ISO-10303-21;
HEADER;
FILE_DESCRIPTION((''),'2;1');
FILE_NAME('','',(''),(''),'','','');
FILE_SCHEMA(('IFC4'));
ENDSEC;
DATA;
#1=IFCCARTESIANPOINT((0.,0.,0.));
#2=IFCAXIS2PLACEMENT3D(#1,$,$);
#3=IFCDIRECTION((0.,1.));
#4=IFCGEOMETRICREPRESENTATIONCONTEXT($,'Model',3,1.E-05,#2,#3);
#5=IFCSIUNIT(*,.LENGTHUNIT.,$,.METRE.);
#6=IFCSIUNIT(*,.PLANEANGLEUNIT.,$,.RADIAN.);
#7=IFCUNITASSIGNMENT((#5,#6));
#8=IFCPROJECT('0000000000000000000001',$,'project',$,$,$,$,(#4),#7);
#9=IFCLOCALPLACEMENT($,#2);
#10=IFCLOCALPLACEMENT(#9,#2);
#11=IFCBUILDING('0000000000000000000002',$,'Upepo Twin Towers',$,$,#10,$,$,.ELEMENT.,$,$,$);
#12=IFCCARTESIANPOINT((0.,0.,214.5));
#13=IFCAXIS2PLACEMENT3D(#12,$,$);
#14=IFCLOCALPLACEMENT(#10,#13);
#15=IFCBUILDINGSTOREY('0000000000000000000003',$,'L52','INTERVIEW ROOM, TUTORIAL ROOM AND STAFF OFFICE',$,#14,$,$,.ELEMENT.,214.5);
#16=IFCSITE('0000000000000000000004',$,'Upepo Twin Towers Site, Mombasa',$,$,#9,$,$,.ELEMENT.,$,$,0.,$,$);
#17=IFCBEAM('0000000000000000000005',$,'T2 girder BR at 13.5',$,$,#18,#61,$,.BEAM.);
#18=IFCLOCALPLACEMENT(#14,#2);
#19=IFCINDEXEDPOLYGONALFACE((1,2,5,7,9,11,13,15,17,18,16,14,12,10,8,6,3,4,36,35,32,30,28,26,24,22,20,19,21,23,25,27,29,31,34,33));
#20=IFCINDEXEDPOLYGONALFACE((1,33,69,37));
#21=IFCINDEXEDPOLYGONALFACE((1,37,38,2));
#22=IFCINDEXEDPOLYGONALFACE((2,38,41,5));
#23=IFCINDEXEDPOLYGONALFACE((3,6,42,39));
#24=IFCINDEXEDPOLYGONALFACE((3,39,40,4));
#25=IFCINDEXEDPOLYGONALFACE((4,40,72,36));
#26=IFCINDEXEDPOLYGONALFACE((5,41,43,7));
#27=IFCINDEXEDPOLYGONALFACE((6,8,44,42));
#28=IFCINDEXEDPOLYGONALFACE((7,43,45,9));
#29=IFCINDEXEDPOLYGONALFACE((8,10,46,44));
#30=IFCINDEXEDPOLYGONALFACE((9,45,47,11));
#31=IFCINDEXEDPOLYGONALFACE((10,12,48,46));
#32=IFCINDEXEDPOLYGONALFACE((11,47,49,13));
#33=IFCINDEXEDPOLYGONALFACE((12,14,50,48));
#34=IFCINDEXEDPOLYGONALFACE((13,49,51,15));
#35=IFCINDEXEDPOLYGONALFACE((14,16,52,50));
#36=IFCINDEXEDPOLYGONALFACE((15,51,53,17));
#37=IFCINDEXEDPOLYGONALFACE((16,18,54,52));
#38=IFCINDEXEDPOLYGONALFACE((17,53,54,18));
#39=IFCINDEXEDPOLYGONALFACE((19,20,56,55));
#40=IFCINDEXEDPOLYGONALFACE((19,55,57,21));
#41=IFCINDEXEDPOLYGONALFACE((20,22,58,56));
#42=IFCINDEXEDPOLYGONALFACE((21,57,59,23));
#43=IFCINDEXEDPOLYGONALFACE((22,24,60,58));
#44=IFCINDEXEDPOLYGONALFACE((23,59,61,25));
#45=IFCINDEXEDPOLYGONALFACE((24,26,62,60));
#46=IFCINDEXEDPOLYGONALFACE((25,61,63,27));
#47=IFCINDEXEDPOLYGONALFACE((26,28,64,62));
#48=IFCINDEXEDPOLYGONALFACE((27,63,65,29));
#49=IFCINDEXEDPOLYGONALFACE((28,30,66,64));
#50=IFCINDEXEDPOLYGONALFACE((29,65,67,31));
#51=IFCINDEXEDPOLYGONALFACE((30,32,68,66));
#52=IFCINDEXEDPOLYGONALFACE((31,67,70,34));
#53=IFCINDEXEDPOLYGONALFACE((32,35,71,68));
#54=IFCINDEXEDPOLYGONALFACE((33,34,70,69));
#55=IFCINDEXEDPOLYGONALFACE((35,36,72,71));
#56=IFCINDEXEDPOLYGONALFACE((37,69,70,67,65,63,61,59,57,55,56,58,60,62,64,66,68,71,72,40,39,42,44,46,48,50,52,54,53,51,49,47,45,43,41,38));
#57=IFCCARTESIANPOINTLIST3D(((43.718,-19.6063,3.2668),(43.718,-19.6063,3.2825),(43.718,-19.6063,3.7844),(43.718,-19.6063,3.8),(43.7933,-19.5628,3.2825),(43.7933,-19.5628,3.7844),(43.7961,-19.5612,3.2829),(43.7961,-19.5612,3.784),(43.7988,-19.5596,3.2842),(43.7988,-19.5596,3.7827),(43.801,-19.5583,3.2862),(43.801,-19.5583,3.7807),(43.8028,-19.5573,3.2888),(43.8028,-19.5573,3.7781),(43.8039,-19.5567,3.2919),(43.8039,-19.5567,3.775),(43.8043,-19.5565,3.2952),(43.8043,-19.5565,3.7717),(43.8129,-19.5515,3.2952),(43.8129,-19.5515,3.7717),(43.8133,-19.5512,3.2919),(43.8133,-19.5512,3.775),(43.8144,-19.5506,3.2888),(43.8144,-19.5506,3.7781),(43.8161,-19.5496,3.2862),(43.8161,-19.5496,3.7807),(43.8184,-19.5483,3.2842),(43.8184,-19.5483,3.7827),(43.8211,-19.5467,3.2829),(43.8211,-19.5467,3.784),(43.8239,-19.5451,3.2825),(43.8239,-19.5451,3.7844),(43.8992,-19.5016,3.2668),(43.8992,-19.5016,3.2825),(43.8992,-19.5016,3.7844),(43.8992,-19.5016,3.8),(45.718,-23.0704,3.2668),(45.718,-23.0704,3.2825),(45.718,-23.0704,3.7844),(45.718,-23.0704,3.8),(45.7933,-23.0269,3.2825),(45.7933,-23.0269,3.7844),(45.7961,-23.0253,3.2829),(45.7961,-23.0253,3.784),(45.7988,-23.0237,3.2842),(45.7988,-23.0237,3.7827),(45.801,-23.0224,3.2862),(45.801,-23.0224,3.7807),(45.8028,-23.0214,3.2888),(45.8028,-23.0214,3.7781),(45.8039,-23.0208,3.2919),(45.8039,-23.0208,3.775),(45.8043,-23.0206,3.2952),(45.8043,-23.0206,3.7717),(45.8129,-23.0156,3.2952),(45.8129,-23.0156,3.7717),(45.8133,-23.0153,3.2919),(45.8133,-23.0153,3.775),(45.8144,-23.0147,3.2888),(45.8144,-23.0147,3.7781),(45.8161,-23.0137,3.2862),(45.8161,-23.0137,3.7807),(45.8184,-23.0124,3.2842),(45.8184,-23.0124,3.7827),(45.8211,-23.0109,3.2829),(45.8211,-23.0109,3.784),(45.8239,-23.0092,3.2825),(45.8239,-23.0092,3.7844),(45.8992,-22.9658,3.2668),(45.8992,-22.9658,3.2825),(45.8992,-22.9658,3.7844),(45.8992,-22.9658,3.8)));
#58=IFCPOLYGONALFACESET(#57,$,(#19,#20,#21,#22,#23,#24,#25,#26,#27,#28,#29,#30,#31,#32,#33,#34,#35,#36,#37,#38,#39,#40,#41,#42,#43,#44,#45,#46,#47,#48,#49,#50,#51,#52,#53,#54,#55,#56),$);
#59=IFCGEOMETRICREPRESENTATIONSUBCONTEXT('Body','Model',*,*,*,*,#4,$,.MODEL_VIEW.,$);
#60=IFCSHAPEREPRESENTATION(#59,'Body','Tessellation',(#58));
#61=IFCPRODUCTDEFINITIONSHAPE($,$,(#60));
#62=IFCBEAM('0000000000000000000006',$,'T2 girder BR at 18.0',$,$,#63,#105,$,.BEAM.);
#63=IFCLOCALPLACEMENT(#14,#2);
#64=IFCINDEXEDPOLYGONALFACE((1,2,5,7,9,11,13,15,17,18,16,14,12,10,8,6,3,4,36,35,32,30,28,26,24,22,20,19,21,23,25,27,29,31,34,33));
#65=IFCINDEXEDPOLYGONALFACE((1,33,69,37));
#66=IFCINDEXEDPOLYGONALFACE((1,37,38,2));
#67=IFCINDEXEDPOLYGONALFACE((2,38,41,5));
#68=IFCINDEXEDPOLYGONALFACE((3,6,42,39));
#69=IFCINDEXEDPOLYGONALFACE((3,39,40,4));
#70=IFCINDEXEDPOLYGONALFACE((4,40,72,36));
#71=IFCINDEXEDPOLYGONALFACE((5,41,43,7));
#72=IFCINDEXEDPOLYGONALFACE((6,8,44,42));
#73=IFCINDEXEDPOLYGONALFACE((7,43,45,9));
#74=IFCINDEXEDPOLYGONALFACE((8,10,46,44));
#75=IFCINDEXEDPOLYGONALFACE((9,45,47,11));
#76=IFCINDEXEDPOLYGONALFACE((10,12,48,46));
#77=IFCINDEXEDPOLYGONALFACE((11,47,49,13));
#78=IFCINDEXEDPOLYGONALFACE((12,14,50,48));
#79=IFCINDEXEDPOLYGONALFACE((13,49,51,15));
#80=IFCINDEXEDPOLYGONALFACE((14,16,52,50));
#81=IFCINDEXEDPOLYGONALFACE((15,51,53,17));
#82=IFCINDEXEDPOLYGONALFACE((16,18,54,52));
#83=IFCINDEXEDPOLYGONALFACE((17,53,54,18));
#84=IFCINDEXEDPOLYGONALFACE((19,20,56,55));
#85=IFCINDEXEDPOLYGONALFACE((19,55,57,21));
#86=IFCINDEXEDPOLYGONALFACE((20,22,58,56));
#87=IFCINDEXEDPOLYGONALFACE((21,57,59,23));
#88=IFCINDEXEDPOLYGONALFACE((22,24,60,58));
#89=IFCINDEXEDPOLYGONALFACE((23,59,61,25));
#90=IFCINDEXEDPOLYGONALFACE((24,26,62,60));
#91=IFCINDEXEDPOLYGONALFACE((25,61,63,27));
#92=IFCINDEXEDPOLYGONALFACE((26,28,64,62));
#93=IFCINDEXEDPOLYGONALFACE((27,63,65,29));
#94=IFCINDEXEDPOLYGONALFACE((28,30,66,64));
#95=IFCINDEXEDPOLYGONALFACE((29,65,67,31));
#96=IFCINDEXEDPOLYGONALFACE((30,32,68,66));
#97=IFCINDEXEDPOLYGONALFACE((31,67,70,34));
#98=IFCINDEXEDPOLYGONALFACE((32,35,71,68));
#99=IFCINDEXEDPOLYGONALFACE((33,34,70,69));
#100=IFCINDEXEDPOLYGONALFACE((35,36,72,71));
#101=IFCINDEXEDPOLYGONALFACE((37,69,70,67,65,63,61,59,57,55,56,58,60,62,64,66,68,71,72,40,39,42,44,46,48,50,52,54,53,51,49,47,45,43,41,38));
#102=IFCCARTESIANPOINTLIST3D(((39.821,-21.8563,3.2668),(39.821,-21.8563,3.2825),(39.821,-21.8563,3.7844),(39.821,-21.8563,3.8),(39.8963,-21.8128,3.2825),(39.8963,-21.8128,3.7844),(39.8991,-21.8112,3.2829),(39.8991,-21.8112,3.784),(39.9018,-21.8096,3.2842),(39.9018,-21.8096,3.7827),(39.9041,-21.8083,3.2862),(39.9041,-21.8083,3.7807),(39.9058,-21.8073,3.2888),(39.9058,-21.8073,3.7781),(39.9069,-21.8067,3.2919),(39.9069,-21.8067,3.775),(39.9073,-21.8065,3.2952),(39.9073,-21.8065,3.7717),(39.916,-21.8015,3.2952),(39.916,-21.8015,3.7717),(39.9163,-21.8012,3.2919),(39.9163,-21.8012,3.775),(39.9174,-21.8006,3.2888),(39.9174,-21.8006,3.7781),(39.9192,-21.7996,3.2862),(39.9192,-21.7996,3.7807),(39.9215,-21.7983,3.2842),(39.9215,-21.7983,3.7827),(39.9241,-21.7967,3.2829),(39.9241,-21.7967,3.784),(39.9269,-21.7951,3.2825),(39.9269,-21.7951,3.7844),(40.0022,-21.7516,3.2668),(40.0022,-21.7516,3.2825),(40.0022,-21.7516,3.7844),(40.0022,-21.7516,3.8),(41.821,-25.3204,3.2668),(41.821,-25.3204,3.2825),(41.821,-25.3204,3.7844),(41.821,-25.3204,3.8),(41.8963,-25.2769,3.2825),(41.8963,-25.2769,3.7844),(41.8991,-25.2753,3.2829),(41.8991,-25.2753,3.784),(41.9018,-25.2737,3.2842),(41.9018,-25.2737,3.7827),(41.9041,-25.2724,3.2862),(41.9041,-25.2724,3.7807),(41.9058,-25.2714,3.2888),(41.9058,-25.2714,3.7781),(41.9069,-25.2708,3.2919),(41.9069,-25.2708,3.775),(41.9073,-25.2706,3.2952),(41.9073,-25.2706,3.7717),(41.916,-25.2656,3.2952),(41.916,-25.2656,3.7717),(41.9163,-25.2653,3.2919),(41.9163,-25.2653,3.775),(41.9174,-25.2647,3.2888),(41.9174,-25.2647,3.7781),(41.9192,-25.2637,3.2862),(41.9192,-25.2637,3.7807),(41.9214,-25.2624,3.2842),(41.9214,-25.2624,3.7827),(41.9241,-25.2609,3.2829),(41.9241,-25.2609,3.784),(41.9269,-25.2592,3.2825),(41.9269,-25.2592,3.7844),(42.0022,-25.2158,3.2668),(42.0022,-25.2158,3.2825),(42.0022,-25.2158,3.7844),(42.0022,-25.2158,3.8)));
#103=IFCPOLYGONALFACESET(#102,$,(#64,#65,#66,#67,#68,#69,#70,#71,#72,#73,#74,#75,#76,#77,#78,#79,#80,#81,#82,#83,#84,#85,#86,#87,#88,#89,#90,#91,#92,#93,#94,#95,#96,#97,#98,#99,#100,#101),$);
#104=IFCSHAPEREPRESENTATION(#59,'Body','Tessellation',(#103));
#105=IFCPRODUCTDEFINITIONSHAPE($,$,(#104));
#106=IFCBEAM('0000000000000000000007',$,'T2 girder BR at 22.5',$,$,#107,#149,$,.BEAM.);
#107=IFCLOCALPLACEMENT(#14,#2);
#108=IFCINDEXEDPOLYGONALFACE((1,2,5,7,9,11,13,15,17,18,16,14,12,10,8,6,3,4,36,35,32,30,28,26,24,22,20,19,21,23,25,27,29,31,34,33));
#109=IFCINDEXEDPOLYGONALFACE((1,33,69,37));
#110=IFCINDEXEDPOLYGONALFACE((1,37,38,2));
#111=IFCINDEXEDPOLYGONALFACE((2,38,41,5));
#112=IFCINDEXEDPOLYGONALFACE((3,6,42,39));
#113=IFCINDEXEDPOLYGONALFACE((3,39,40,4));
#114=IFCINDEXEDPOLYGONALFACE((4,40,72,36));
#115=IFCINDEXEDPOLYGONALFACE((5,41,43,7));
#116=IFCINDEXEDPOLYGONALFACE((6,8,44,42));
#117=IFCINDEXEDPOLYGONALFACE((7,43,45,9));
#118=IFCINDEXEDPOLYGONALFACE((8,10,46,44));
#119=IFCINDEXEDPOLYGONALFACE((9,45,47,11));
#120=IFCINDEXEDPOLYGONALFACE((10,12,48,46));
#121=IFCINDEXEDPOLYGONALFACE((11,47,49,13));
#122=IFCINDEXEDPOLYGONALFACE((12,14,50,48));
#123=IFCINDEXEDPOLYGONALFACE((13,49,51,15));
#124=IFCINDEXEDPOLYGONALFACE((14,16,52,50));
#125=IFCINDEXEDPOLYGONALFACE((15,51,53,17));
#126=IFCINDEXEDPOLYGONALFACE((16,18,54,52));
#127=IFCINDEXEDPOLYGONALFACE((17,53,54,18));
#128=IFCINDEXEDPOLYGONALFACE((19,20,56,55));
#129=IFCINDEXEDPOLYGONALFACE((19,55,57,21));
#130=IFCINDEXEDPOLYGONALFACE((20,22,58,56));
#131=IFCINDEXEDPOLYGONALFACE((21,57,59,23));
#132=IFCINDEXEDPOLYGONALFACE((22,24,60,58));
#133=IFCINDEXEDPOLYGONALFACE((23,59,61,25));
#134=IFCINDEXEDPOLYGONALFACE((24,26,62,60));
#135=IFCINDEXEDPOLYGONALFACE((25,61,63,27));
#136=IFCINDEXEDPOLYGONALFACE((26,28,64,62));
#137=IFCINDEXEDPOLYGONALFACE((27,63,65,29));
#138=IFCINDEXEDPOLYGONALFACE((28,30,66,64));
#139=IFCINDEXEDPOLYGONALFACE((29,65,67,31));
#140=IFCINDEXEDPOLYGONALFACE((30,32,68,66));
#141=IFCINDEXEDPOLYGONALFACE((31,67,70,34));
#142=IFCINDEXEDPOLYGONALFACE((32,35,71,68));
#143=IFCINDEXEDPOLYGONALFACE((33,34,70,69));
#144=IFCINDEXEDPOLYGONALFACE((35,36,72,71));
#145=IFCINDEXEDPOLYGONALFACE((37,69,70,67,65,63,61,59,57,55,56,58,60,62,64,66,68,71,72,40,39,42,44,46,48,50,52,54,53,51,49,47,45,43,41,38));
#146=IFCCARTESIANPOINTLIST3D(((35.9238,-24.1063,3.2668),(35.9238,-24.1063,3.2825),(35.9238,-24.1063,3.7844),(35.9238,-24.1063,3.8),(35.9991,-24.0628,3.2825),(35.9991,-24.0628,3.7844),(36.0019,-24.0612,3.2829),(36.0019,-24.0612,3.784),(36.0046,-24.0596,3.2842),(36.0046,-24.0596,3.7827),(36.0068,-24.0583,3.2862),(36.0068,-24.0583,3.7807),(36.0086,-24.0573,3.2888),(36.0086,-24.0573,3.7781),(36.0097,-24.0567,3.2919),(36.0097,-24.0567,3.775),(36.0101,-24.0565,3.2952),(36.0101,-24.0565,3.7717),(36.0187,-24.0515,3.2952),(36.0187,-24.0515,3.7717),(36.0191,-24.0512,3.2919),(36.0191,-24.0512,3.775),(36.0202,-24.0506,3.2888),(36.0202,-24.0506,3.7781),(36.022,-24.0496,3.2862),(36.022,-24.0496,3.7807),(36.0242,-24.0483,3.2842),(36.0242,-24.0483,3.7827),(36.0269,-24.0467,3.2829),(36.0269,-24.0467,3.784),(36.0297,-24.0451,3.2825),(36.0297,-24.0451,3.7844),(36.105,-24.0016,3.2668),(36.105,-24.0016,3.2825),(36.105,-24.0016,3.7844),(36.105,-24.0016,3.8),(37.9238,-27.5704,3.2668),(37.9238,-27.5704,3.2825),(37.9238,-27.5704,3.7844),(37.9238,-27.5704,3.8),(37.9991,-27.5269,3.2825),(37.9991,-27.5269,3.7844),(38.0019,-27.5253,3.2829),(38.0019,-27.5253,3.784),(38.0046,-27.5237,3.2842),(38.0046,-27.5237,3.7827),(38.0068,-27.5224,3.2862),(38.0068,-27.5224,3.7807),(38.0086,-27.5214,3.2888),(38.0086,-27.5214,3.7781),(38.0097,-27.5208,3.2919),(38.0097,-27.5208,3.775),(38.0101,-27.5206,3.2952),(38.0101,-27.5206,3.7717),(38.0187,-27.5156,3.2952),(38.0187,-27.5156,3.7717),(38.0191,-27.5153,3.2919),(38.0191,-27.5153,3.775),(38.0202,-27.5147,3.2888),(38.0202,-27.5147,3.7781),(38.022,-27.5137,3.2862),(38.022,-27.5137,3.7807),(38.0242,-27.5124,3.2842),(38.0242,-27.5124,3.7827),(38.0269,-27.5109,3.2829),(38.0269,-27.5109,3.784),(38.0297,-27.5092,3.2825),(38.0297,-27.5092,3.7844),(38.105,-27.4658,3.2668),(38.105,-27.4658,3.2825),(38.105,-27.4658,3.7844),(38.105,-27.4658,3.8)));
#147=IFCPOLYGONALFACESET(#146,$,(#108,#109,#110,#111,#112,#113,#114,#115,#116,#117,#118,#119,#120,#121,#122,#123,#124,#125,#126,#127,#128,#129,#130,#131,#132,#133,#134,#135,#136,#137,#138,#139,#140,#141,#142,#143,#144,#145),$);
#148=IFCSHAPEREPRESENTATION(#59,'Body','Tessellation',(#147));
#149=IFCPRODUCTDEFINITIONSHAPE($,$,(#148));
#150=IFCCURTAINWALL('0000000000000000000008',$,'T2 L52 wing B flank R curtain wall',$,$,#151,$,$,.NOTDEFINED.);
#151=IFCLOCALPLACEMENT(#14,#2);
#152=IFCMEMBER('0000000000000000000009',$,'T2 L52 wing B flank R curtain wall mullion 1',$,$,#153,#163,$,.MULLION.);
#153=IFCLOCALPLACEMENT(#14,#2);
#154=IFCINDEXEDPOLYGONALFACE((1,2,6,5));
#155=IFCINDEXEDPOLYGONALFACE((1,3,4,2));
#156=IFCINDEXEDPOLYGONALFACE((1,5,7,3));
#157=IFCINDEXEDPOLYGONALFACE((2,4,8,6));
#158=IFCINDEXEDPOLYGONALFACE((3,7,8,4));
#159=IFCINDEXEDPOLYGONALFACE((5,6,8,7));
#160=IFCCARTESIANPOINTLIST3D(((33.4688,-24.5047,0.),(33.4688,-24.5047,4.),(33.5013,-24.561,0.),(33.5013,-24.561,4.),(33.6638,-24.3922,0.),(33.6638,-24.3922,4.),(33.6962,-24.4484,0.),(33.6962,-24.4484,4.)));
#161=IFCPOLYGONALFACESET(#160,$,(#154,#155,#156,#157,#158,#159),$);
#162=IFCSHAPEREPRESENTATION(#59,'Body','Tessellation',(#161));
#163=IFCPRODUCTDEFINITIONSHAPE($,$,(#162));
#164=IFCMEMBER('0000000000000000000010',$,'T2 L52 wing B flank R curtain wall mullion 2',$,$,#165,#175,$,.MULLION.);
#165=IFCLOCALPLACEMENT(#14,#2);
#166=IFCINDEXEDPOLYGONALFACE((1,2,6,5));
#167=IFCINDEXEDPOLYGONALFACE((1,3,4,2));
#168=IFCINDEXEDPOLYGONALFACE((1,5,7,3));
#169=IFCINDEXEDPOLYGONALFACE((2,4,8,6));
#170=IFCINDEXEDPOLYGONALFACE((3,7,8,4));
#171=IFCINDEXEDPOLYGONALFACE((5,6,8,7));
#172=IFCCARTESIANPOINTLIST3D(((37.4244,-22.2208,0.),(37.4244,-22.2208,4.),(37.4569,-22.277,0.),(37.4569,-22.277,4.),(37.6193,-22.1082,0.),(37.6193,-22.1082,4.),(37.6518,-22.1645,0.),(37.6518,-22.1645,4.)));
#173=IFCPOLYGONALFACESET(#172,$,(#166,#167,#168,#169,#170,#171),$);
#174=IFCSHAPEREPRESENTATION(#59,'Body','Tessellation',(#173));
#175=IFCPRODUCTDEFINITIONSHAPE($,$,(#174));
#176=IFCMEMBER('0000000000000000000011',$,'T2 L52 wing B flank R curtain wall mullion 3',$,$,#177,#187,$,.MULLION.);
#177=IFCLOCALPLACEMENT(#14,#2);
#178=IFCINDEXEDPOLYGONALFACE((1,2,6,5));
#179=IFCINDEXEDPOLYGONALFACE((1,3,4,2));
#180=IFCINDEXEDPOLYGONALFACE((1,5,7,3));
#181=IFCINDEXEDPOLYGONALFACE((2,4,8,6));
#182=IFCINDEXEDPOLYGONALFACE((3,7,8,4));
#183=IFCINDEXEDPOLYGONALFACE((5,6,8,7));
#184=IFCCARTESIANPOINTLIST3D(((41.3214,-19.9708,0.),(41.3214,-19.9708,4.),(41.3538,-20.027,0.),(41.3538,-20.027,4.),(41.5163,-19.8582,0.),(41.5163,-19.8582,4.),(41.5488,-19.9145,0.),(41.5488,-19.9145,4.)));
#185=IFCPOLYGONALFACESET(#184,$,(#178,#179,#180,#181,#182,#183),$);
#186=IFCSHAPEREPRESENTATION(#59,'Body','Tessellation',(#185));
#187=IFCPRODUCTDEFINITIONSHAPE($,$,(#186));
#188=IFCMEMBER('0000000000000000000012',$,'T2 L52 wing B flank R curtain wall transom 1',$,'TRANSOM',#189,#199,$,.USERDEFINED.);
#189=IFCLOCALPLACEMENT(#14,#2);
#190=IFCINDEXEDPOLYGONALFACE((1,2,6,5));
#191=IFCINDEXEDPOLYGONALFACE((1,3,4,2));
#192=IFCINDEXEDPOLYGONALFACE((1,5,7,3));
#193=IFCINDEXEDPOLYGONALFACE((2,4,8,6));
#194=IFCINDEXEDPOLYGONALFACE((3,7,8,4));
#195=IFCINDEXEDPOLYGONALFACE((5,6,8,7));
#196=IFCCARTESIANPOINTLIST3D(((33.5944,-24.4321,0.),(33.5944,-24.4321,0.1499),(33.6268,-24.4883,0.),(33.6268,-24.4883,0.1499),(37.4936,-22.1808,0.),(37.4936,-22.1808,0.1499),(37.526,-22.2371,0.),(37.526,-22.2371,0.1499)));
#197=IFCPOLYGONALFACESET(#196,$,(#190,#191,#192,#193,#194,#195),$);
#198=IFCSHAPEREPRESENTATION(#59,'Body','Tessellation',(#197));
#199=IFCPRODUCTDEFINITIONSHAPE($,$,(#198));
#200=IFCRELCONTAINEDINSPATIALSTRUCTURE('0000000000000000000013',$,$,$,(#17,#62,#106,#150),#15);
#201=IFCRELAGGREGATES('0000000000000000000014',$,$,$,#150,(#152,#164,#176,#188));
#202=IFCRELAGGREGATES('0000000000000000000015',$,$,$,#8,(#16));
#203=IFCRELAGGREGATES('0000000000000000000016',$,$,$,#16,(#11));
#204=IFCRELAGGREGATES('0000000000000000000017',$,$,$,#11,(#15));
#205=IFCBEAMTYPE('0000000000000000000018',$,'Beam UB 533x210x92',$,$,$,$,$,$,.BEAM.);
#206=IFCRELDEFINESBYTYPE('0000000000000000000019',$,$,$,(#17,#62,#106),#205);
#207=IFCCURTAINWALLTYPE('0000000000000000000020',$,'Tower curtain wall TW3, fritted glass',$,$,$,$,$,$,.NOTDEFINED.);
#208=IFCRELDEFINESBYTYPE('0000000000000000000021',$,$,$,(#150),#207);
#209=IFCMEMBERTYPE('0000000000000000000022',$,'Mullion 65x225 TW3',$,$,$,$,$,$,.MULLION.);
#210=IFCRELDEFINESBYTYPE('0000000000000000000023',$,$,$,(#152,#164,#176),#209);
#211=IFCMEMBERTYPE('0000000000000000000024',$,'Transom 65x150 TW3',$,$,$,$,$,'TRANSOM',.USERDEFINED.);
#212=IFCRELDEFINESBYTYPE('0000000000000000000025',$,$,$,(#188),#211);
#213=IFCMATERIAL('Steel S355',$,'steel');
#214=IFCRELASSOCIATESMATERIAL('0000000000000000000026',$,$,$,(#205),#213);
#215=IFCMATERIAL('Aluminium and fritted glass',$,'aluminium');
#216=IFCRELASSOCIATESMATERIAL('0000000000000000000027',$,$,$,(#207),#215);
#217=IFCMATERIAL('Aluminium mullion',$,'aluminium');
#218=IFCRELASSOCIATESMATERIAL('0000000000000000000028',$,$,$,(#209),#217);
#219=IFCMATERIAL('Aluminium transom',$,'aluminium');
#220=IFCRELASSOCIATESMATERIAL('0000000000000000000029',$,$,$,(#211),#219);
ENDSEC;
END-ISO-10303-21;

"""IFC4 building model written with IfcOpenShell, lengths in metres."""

from ifc_helpers import new_model, si_unit, direction, frame, origin, origin_2d, place, context, subcontext, project, spatial, rectangle, i_section, extrude, material, material_profile, profile_set, type_object, element, aggregate, save


model = new_model("IFC4")

# Units and contexts
model_context = context("Model", 3, precision=1e-05, world=origin(), true_north=direction((0.0, 1.0)))
body_context = subcontext(model_context, "Body", "Model", "MODEL_VIEW")
ifc_project = project(units=[si_unit("LENGTHUNIT", "METRE"), si_unit("PLANEANGLEUNIT", "RADIAN")], contexts=[model_context])

# Site, building, storey
site_placement = place(None, origin())
site = spatial("IfcSite", under=ifc_project, at=site_placement, Name="Upepo Twin Towers Site, Mombasa", CompositionType="ELEMENT", RefElevation=0.0)
building_placement = place(site_placement, origin())
building = spatial("IfcBuilding", under=site, at=building_placement, Name="Upepo Twin Towers", CompositionType="ELEMENT")
storey_placement = place(building_placement, frame((0.0, 0.0, 214.5)))
storey = spatial("IfcBuildingStorey", under=building, at=storey_placement, Name="L52", Description="INTERVIEW ROOM, TUTORIAL ROOM AND STAFF OFFICE", CompositionType="ELEMENT", Elevation=214.5)

# Beams
ifc_material_1 = material(Name="Steel S355", Category="steel")
ifc_material_profile_1 = material_profile(ifc_material_1, i_section(OverallWidth=0.2092, OverallDepth=0.5332, WebThickness=0.01, FlangeThickness=0.0156, FilletRadius=0.0127, at=origin_2d()), Name="UB 533x210x92")
ifc_profile_set_1 = profile_set([ifc_material_profile_1], Name="Steel S355")
beam_type_1 = type_object("IfcBeamType", Name="Beam UB 533x210x92", PredefinedType="BEAM", material=ifc_profile_set_1)
for number, where, z_axis, x_axis, name in (
    (1, (43.8086, -19.554, 3.5334), (0.499999, -0.866026, 0.0), (0.866026, 0.499999, 0.0), "T2 girder BR at 13.5"),
    (2, (39.9116, -21.804, 3.5334), (0.499999, -0.866026, 0.0), (0.866026, 0.499999, 0.0), "T2 girder BR at 18.0"),
    (3, (36.0144, -24.054, 3.5334), (0.499999, -0.866026, 0.0), (0.866026, 0.499999, 0.0), "T2 girder BR at 22.5"),
):
    element("IfcBeam", number, at=place(storey_placement, frame(where, z_axis=z_axis, x_axis=x_axis)), inside=storey, type_object=beam_type_1, Name=name, PredefinedType="BEAM", context=body_context, shape_type="SweptSolid", body=[
        extrude(i_section(OverallWidth=0.2092, OverallDepth=0.5332, WebThickness=0.01, FlangeThickness=0.0156, FilletRadius=0.0127, at=origin_2d()), origin(), (0.0, 0.0, 1.0), 4.0),
    ])

# Curtain wall, members
ifc_material_2 = material(Name="Aluminium and fritted glass", Category="aluminium")
curtain_wall_type = type_object("IfcCurtainWallType", Name="Tower curtain wall TW3, fritted glass", PredefinedType="NOTDEFINED", material=ifc_material_2)
curtain_wall_placement = place(storey_placement, origin())
curtain_wall = element("IfcCurtainWall", 4, at=curtain_wall_placement, inside=storey, type_object=curtain_wall_type, Name="T2 L52 wing B flank R curtain wall", PredefinedType="NOTDEFINED")
ifc_material_3 = material(Name="Aluminium mullion", Category="aluminium")
ifc_material_profile_2 = material_profile(ifc_material_3, rectangle(XDim=0.0649, YDim=0.2251, at=origin_2d()), Name="MULLION 65x225")
ifc_profile_set_2 = profile_set([ifc_material_profile_2], Name="Aluminium mullion")
member_type_1 = type_object("IfcMemberType", Name="Mullion 65x225 TW3", PredefinedType="MULLION", material=ifc_profile_set_2)
member_1_placement = place(storey_placement, frame((33.5825, -24.4766, 0.0), z_axis=(0.0, 0.0, 1.0), x_axis=(-0.5, 0.866025, 0.0)))
member_1 = element("IfcMember", 5, at=member_1_placement, type_object=member_type_1, Name="T2 L52 wing B flank R curtain wall mullion 1", PredefinedType="MULLION", context=body_context, shape_type="SweptSolid", body=[
    extrude(rectangle(XDim=0.0649, YDim=0.2251, at=origin_2d()), origin(), (0.0, 0.0, 1.0), 4.0),
])
member_2_placement = place(storey_placement, frame((37.5381, -22.1926, 0.0), z_axis=(0.0, 0.0, 1.0), x_axis=(-0.5, 0.866025, 0.0)))
member_2 = element("IfcMember", 6, at=member_2_placement, type_object=member_type_1, Name="T2 L52 wing B flank R curtain wall mullion 2", PredefinedType="MULLION", context=body_context, shape_type="SweptSolid", body=[
    extrude(rectangle(XDim=0.0649, YDim=0.2251, at=origin_2d()), origin(), (0.0, 0.0, 1.0), 4.0),
])
member_3_placement = place(storey_placement, frame((41.4351, -19.9426, 0.0), z_axis=(0.0, 0.0, 1.0), x_axis=(-0.5, 0.866025, 0.0)))
member_3 = element("IfcMember", 7, at=member_3_placement, type_object=member_type_1, Name="T2 L52 wing B flank R curtain wall mullion 3", PredefinedType="MULLION", context=body_context, shape_type="SweptSolid", body=[
    extrude(rectangle(XDim=0.0649, YDim=0.2251, at=origin_2d()), origin(), (0.0, 0.0, 1.0), 4.0),
])
ifc_material_4 = material(Name="Aluminium transom", Category="aluminium")
ifc_material_profile_3 = material_profile(ifc_material_4, rectangle(XDim=0.0649, YDim=0.1499, at=origin_2d()), Name="TRANSOM 65x150")
ifc_profile_set_3 = profile_set([ifc_material_profile_3], Name="Aluminium transom")
member_type_2 = type_object("IfcMemberType", Name="Transom 65x150 TW3", ElementType="TRANSOM", PredefinedType="USERDEFINED", material=ifc_profile_set_3)
member_4_placement = place(storey_placement, frame((33.6106, -24.4602, 0.075), z_axis=(0.866022, 0.500006, 0.0), x_axis=(-0.500006, 0.866022, 0.0)))
member_4 = element("IfcMember", 8, at=member_4_placement, type_object=member_type_2, Name="T2 L52 wing B flank R curtain wall transom 1", ObjectType="TRANSOM", PredefinedType="USERDEFINED", context=body_context, shape_type="SweptSolid", body=[
    extrude(rectangle(XDim=0.0649, YDim=0.1499, at=origin_2d()), origin(), (0.0, 0.0, 1.0), 4.5024),
])
aggregate(curtain_wall, [member_1, member_2, member_3, member_4])

save(model, "model.ifc")
